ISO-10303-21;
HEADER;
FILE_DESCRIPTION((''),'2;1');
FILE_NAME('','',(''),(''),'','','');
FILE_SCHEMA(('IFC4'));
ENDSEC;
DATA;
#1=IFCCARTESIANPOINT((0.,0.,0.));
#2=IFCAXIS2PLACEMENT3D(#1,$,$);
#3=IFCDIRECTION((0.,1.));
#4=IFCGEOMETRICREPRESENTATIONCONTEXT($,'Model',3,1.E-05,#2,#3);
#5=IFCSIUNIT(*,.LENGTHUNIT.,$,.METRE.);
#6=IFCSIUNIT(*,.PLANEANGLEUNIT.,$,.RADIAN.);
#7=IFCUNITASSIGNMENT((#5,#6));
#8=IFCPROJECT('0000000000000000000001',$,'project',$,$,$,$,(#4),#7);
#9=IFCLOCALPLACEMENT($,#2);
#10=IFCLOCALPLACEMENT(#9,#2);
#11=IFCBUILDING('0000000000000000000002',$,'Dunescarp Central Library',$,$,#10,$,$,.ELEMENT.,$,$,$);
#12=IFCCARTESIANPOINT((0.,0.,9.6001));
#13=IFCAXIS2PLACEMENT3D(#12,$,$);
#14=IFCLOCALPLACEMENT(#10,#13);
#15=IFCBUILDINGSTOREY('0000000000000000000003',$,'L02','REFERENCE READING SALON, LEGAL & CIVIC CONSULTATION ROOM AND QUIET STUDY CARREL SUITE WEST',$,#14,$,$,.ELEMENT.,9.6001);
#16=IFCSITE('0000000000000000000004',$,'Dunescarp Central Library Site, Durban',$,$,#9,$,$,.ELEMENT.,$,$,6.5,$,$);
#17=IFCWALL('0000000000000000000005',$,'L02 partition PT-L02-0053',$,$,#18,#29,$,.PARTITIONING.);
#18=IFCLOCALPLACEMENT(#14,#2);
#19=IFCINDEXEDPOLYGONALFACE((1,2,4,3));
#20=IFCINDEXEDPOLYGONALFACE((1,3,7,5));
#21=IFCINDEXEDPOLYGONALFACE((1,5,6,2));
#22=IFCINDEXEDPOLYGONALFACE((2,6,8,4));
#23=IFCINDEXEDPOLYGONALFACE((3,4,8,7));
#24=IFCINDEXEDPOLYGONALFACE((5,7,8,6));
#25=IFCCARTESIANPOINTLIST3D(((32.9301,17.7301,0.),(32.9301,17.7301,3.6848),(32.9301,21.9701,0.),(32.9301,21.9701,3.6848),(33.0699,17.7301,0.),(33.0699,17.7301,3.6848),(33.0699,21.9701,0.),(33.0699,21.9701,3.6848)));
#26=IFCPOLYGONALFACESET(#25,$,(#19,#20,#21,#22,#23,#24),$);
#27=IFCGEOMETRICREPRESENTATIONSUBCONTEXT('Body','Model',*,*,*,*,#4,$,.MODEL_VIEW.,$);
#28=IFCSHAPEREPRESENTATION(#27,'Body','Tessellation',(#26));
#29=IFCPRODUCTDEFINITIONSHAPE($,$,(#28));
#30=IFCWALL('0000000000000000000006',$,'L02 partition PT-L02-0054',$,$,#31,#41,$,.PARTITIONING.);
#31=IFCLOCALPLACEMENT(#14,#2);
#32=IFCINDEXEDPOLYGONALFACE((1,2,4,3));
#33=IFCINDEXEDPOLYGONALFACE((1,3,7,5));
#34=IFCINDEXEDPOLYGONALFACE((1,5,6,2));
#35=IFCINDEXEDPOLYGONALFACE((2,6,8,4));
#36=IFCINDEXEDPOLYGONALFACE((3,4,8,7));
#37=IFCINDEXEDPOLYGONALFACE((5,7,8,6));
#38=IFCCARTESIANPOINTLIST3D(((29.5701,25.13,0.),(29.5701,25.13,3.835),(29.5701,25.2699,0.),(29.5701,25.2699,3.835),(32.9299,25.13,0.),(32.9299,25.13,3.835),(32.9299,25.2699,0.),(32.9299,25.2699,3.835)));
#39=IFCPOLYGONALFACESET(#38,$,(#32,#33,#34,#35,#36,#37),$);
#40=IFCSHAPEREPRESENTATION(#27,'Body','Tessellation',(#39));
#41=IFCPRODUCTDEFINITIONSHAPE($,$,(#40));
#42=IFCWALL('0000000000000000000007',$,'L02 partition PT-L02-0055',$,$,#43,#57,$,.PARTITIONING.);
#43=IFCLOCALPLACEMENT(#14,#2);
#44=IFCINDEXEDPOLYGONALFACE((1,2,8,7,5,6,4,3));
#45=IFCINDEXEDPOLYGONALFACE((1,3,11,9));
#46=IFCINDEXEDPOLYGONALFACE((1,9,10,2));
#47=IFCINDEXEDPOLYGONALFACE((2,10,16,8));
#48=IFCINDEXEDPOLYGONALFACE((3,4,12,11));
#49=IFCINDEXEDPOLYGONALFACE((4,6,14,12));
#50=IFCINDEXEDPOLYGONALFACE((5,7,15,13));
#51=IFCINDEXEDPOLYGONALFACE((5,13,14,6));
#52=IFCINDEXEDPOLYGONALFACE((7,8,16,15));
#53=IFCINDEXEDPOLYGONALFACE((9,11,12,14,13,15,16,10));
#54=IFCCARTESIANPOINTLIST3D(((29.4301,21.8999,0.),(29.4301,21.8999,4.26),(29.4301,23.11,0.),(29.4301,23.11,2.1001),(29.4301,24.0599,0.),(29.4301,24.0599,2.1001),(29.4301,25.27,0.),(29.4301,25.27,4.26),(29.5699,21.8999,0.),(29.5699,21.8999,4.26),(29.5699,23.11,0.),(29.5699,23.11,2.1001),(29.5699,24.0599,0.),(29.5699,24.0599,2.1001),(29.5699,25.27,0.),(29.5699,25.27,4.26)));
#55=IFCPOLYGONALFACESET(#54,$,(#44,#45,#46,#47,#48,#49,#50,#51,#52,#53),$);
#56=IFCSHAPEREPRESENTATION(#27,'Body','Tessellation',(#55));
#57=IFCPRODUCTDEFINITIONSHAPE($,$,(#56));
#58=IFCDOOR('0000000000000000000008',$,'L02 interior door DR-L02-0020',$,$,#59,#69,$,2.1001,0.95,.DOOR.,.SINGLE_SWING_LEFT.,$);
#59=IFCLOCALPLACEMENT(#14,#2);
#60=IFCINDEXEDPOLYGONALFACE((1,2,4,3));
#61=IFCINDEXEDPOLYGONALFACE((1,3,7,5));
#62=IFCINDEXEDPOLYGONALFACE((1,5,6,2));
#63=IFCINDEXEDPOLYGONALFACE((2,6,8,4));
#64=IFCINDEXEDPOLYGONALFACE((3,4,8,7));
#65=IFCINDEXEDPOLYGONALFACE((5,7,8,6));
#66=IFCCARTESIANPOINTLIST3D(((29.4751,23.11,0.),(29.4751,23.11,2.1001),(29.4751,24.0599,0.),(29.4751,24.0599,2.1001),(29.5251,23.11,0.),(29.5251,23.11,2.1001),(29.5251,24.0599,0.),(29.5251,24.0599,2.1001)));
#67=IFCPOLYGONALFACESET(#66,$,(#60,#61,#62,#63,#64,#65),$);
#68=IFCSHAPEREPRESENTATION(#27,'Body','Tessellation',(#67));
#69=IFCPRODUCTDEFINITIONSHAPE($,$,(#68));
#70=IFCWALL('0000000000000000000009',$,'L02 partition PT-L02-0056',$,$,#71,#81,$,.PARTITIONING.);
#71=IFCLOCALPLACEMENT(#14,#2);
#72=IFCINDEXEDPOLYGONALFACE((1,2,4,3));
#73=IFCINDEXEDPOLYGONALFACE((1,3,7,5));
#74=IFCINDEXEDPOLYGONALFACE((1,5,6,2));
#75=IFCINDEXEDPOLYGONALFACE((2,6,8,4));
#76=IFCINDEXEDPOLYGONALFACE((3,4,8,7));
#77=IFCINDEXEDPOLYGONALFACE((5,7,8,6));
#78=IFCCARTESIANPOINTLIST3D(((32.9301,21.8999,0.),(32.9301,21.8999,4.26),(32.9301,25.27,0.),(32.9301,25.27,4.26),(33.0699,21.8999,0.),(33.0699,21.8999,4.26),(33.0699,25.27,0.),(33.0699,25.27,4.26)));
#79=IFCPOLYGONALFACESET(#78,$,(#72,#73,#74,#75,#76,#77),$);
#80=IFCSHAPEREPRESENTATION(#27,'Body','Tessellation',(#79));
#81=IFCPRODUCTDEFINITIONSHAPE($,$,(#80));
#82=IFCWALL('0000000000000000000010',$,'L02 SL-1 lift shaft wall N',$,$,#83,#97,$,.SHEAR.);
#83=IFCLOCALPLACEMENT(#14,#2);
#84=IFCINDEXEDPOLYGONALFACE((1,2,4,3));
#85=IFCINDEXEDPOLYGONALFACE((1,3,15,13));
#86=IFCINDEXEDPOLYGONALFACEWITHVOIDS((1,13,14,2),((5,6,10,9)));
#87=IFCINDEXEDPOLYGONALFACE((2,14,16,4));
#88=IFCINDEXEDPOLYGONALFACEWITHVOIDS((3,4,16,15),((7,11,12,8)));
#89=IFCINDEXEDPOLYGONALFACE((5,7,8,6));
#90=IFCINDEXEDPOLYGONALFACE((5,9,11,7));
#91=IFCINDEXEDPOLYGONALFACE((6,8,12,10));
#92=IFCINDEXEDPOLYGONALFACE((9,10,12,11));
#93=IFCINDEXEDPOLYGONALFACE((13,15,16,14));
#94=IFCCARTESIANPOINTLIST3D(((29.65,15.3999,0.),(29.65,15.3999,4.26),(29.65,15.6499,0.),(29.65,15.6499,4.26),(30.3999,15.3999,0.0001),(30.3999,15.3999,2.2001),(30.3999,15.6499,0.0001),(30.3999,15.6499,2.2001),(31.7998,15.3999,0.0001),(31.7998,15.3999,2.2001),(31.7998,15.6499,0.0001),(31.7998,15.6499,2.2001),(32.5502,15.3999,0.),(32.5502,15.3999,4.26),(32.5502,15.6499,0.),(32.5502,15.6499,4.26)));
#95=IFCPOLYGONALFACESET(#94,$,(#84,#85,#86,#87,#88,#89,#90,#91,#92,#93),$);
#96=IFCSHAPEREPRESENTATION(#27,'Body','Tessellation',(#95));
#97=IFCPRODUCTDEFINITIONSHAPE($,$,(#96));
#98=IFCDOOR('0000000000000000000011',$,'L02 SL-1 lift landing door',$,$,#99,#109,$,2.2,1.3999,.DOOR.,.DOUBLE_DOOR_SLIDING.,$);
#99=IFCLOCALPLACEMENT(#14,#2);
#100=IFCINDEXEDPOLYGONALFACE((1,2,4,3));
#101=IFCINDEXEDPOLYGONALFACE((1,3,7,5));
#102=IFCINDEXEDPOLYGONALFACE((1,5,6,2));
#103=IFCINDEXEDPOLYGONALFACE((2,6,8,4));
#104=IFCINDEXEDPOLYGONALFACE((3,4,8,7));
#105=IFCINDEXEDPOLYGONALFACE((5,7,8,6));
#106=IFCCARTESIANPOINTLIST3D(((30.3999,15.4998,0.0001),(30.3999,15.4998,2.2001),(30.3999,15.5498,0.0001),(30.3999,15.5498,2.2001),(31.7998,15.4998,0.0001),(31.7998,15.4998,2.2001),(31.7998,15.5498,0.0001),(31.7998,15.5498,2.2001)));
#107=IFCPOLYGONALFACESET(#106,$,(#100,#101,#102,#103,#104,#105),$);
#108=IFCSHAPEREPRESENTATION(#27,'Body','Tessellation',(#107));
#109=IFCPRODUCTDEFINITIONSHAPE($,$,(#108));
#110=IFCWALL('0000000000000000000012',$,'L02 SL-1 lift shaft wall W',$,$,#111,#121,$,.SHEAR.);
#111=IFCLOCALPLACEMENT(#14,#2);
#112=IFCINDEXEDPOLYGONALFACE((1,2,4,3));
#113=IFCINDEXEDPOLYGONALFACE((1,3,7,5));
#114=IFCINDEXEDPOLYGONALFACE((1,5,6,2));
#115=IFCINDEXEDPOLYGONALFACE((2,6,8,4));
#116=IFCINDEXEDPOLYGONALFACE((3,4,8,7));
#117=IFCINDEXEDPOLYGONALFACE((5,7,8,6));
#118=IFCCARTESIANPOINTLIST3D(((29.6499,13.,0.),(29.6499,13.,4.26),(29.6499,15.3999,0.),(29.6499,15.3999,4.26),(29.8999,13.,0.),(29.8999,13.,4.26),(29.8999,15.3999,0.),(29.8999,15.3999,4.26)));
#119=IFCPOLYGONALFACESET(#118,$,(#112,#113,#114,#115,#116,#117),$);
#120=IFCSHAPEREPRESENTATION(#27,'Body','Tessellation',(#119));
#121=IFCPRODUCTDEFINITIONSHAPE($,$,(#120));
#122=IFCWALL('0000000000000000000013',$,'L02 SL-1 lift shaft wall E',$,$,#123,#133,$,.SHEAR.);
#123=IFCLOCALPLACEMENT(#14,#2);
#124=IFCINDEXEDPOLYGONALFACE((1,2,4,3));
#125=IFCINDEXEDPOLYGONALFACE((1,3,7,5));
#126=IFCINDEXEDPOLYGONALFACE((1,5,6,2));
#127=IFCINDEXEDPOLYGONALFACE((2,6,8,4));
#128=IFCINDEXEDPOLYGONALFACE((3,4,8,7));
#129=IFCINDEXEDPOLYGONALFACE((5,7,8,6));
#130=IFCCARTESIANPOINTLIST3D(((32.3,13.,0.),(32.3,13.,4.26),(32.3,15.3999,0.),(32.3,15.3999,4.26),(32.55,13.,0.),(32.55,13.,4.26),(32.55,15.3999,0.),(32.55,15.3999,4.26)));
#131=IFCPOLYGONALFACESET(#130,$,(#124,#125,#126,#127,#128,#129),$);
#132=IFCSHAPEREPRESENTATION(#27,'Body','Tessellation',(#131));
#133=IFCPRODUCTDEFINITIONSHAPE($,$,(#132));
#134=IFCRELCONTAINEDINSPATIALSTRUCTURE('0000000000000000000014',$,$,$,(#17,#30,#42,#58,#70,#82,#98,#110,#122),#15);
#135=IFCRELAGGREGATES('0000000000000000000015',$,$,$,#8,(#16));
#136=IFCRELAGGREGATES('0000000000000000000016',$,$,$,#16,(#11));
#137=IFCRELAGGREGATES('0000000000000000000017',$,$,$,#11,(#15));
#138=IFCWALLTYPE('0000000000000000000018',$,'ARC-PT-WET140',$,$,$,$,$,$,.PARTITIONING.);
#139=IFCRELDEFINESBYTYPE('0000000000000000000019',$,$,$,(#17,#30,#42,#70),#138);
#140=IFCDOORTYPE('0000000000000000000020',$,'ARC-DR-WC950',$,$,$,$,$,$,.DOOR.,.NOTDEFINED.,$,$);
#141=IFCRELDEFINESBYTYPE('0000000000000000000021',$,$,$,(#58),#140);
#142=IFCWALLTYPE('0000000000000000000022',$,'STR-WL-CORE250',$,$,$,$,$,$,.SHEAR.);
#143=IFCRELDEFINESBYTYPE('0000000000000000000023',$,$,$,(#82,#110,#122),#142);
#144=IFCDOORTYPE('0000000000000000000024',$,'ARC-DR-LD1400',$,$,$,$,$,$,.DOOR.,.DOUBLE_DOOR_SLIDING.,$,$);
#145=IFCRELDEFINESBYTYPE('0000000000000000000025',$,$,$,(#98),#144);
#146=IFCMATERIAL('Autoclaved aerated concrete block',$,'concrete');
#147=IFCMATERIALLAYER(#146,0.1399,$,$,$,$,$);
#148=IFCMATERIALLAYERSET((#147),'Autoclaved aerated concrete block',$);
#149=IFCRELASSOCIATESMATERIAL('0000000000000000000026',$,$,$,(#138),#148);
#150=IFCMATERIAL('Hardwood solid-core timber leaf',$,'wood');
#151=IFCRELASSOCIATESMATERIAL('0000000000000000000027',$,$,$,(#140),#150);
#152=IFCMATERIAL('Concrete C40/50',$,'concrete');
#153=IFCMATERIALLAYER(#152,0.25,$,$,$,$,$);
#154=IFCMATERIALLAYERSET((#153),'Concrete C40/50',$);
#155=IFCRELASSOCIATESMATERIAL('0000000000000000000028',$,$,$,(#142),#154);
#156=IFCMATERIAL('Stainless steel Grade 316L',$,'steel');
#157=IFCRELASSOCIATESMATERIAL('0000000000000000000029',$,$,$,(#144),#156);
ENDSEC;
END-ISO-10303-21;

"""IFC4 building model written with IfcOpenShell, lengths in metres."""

from ifc_helpers import new_model, si_unit, direction, frame, frame_2d, origin, place, context, subcontext, project, spatial, rectangle, extrude, material, layer, layer_set, type_object, element, fill, save


model = new_model("IFC4")

# Units and contexts
model_context = context("Model", 3, precision=1e-05, world=origin(), true_north=direction((0.0, 1.0)))
body_context = subcontext(model_context, "Body", "Model", "MODEL_VIEW")
ifc_project = project(units=[si_unit("LENGTHUNIT", "METRE"), si_unit("PLANEANGLEUNIT", "RADIAN")], contexts=[model_context])

# Site, building, storey
site_placement = place(None, origin())
site = spatial("IfcSite", under=ifc_project, at=site_placement, Name="Dunescarp Central Library Site, Durban", CompositionType="ELEMENT", RefElevation=6.5)
building_placement = place(site_placement, origin())
building = spatial("IfcBuilding", under=site, at=building_placement, Name="Dunescarp Central Library", CompositionType="ELEMENT")
storey_placement = place(building_placement, frame((0.0, 0.0, 9.6001)))
storey = spatial("IfcBuildingStorey", under=building, at=storey_placement, Name="L02", Description="REFERENCE READING SALON, LEGAL & CIVIC CONSULTATION ROOM AND QUIET STUDY CARREL SUITE WEST", CompositionType="ELEMENT", Elevation=9.6001)

# Shared definitions
ifc_material_1 = material(Name="Autoclaved aerated concrete block", Category="concrete")
ifc_layer_1 = layer(ifc_material_1, 0.1399)
ifc_layer_set_1 = layer_set([ifc_layer_1], Name="Autoclaved aerated concrete block")
wall_type_1 = type_object("IfcWallType", Name="ARC-PT-WET140", PredefinedType="PARTITIONING", material=ifc_layer_set_1)

# Shared definitions
ifc_material_2 = material(Name="Hardwood solid-core timber leaf", Category="wood")
door_type_1 = type_object("IfcDoorType", Name="ARC-DR-WC950", OperationType="NOTDEFINED", PredefinedType="DOOR", material=ifc_material_2)

# Walls
wall_1_placement = place(storey_placement, frame((33.0, 17.73, 0.0), z_axis=(0.0, 0.0, 1.0), x_axis=(0.0, 1.0, 0.0)))
element("IfcWall", 1, at=wall_1_placement, inside=storey, type_object=wall_type_1, Name="L02 partition PT-L02-0053", PredefinedType="PARTITIONING", context=body_context, shape_type="SweptSolid", body=[
    extrude(rectangle(XDim=4.24, YDim=0.1399, at=frame_2d((2.1201, 0.0))), origin(), (0.0, 0.0, 1.0), 3.6848),
])
wall_2_placement = place(storey_placement, frame((29.5701, 25.2, 0.0), z_axis=(0.0, 0.0, 1.0), x_axis=(1.0, 0.0, 0.0)))
element("IfcWall", 2, at=wall_2_placement, inside=storey, type_object=wall_type_1, Name="L02 partition PT-L02-0054", PredefinedType="PARTITIONING", context=body_context, shape_type="SweptSolid", body=[
    extrude(rectangle(XDim=3.3599, YDim=0.1399, at=frame_2d((1.6799, 0.0))), origin(), (0.0, 0.0, 1.0), 3.835),
])

# Wall, opening, door
wall_3_placement = place(storey_placement, frame((29.5, 21.8999, 0.0), z_axis=(0.0, 0.0, 1.0), x_axis=(0.0, 1.0, 0.0)))
wall_3 = element("IfcWall", 3, at=wall_3_placement, inside=storey, type_object=wall_type_1, Name="L02 partition PT-L02-0055", PredefinedType="PARTITIONING", context=body_context, shape_type="SweptSolid", body=[
    extrude(rectangle(XDim=3.3701, YDim=0.1399, at=frame_2d((1.6851, 0.0))), origin(), (0.0, 0.0, 1.0), 4.26),
])
opening_1_placement = place(wall_3_placement, frame((1.21, 0.0, 0.0)))
opening_1 = element("IfcOpeningElement", 4, at=opening_1_placement, cuts=wall_3, PredefinedType="OPENING", context=body_context, shape_type="SweptSolid", body=[
    extrude(rectangle(XDim=0.95, YDim=2.1001, at=frame_2d((0.4751, 1.05))), frame((0.0, 0.0801, 0.0), z_axis=(0.0, -1.0, 0.0), x_axis=(1.0, 0.0, 0.0)), (0.0, 0.0, 1.0), 0.1599),
])
door_1_placement = place(opening_1_placement, origin())
door_1 = element("IfcDoor", 5, at=door_1_placement, inside=storey, type_object=door_type_1, Name="L02 interior door DR-L02-0020", OperationType="SINGLE_SWING_LEFT", OverallHeight=2.1001, OverallWidth=0.95, PredefinedType="DOOR", context=body_context, shape_type="SweptSolid", body=[
    extrude(rectangle(XDim=0.95, YDim=2.1001, at=frame_2d((0.4751, 1.05))), frame((0.0, 0.0249, 0.0), z_axis=(0.0, -1.0, 0.0), x_axis=(1.0, 0.0, 0.0)), (0.0, 0.0, 1.0), 0.05),
])
fill(opening_1, door_1)

# Wall
wall_4_placement = place(storey_placement, frame((33.0, 21.8999, 0.0), z_axis=(0.0, 0.0, 1.0), x_axis=(0.0, 1.0, 0.0)))
element("IfcWall", 6, at=wall_4_placement, inside=storey, type_object=wall_type_1, Name="L02 partition PT-L02-0056", PredefinedType="PARTITIONING", context=body_context, shape_type="SweptSolid", body=[
    extrude(rectangle(XDim=3.3701, YDim=0.1399, at=frame_2d((1.6851, 0.0))), origin(), (0.0, 0.0, 1.0), 4.26),
])

# Wall, opening, door
ifc_material_3 = material(Name="Concrete C40/50", Category="concrete")
ifc_layer_2 = layer(ifc_material_3, 0.25)
ifc_layer_set_2 = layer_set([ifc_layer_2], Name="Concrete C40/50")
wall_type_2 = type_object("IfcWallType", Name="STR-WL-CORE250", PredefinedType="SHEAR", material=ifc_layer_set_2)
wall_5_placement = place(storey_placement, frame((29.6499, 15.5249, 0.0), z_axis=(0.0, 0.0, 1.0), x_axis=(1.0, 0.0, 0.0)))
wall_5 = element("IfcWall", 7, at=wall_5_placement, inside=storey, type_object=wall_type_2, Name="L02 SL-1 lift shaft wall N", PredefinedType="SHEAR", context=body_context, shape_type="SweptSolid", body=[
    extrude(rectangle(XDim=2.9001, YDim=0.25, at=frame_2d((1.4502, 0.0))), origin(), (0.0, 0.0, 1.0), 4.26),
])
opening_2_placement = place(wall_5_placement, frame((0.75, 0.0, 0.0)))
opening_2 = element("IfcOpeningElement", 8, at=opening_2_placement, cuts=wall_5, PredefinedType="OPENING", context=body_context, shape_type="SweptSolid", body=[
    extrude(rectangle(XDim=1.3999, YDim=2.2, at=frame_2d((0.7, 1.1001))), frame((0.0, 0.135, 0.0), z_axis=(0.0, -1.0, 0.0), x_axis=(1.0, 0.0, 0.0)), (0.0, 0.0, 1.0), 0.27),
])
ifc_material_4 = material(Name="Stainless steel Grade 316L", Category="steel")
door_type_2 = type_object("IfcDoorType", Name="ARC-DR-LD1400", OperationType="DOUBLE_DOOR_SLIDING", PredefinedType="DOOR", material=ifc_material_4)
door_2_placement = place(opening_2_placement, origin())
door_2 = element("IfcDoor", 9, at=door_2_placement, inside=storey, type_object=door_type_2, Name="L02 SL-1 lift landing door", OperationType="DOUBLE_DOOR_SLIDING", OverallHeight=2.2, OverallWidth=1.3999, PredefinedType="DOOR", context=body_context, shape_type="SweptSolid", body=[
    extrude(rectangle(XDim=1.3999, YDim=2.2, at=frame_2d((0.7, 1.1001))), frame((0.0, 0.0249, 0.0), z_axis=(0.0, -1.0, 0.0), x_axis=(1.0, 0.0, 0.0)), (0.0, 0.0, 1.0), 0.05),
])
fill(opening_2, door_2)

# Walls
for number, where, z_axis, x_axis, name in (
    (10, (29.7749, 13.0, 0.0), (0.0, 0.0, 1.0), (0.0, 1.0, 0.0), "L02 SL-1 lift shaft wall W"),
    (11, (32.425, 15.3999, 0.0), (0.0, 0.0, 1.0), (0.0, -1.0, 0.0), "L02 SL-1 lift shaft wall E"),
):
    element("IfcWall", number, at=place(storey_placement, frame(where, z_axis=z_axis, x_axis=x_axis)), inside=storey, type_object=wall_type_2, Name=name, PredefinedType="SHEAR", context=body_context, shape_type="SweptSolid", body=[
        extrude(rectangle(XDim=2.3999, YDim=0.25, at=frame_2d((1.2, 0.0))), origin(), (0.0, 0.0, 1.0), 4.26),
    ])

save(model, "model.ifc")
